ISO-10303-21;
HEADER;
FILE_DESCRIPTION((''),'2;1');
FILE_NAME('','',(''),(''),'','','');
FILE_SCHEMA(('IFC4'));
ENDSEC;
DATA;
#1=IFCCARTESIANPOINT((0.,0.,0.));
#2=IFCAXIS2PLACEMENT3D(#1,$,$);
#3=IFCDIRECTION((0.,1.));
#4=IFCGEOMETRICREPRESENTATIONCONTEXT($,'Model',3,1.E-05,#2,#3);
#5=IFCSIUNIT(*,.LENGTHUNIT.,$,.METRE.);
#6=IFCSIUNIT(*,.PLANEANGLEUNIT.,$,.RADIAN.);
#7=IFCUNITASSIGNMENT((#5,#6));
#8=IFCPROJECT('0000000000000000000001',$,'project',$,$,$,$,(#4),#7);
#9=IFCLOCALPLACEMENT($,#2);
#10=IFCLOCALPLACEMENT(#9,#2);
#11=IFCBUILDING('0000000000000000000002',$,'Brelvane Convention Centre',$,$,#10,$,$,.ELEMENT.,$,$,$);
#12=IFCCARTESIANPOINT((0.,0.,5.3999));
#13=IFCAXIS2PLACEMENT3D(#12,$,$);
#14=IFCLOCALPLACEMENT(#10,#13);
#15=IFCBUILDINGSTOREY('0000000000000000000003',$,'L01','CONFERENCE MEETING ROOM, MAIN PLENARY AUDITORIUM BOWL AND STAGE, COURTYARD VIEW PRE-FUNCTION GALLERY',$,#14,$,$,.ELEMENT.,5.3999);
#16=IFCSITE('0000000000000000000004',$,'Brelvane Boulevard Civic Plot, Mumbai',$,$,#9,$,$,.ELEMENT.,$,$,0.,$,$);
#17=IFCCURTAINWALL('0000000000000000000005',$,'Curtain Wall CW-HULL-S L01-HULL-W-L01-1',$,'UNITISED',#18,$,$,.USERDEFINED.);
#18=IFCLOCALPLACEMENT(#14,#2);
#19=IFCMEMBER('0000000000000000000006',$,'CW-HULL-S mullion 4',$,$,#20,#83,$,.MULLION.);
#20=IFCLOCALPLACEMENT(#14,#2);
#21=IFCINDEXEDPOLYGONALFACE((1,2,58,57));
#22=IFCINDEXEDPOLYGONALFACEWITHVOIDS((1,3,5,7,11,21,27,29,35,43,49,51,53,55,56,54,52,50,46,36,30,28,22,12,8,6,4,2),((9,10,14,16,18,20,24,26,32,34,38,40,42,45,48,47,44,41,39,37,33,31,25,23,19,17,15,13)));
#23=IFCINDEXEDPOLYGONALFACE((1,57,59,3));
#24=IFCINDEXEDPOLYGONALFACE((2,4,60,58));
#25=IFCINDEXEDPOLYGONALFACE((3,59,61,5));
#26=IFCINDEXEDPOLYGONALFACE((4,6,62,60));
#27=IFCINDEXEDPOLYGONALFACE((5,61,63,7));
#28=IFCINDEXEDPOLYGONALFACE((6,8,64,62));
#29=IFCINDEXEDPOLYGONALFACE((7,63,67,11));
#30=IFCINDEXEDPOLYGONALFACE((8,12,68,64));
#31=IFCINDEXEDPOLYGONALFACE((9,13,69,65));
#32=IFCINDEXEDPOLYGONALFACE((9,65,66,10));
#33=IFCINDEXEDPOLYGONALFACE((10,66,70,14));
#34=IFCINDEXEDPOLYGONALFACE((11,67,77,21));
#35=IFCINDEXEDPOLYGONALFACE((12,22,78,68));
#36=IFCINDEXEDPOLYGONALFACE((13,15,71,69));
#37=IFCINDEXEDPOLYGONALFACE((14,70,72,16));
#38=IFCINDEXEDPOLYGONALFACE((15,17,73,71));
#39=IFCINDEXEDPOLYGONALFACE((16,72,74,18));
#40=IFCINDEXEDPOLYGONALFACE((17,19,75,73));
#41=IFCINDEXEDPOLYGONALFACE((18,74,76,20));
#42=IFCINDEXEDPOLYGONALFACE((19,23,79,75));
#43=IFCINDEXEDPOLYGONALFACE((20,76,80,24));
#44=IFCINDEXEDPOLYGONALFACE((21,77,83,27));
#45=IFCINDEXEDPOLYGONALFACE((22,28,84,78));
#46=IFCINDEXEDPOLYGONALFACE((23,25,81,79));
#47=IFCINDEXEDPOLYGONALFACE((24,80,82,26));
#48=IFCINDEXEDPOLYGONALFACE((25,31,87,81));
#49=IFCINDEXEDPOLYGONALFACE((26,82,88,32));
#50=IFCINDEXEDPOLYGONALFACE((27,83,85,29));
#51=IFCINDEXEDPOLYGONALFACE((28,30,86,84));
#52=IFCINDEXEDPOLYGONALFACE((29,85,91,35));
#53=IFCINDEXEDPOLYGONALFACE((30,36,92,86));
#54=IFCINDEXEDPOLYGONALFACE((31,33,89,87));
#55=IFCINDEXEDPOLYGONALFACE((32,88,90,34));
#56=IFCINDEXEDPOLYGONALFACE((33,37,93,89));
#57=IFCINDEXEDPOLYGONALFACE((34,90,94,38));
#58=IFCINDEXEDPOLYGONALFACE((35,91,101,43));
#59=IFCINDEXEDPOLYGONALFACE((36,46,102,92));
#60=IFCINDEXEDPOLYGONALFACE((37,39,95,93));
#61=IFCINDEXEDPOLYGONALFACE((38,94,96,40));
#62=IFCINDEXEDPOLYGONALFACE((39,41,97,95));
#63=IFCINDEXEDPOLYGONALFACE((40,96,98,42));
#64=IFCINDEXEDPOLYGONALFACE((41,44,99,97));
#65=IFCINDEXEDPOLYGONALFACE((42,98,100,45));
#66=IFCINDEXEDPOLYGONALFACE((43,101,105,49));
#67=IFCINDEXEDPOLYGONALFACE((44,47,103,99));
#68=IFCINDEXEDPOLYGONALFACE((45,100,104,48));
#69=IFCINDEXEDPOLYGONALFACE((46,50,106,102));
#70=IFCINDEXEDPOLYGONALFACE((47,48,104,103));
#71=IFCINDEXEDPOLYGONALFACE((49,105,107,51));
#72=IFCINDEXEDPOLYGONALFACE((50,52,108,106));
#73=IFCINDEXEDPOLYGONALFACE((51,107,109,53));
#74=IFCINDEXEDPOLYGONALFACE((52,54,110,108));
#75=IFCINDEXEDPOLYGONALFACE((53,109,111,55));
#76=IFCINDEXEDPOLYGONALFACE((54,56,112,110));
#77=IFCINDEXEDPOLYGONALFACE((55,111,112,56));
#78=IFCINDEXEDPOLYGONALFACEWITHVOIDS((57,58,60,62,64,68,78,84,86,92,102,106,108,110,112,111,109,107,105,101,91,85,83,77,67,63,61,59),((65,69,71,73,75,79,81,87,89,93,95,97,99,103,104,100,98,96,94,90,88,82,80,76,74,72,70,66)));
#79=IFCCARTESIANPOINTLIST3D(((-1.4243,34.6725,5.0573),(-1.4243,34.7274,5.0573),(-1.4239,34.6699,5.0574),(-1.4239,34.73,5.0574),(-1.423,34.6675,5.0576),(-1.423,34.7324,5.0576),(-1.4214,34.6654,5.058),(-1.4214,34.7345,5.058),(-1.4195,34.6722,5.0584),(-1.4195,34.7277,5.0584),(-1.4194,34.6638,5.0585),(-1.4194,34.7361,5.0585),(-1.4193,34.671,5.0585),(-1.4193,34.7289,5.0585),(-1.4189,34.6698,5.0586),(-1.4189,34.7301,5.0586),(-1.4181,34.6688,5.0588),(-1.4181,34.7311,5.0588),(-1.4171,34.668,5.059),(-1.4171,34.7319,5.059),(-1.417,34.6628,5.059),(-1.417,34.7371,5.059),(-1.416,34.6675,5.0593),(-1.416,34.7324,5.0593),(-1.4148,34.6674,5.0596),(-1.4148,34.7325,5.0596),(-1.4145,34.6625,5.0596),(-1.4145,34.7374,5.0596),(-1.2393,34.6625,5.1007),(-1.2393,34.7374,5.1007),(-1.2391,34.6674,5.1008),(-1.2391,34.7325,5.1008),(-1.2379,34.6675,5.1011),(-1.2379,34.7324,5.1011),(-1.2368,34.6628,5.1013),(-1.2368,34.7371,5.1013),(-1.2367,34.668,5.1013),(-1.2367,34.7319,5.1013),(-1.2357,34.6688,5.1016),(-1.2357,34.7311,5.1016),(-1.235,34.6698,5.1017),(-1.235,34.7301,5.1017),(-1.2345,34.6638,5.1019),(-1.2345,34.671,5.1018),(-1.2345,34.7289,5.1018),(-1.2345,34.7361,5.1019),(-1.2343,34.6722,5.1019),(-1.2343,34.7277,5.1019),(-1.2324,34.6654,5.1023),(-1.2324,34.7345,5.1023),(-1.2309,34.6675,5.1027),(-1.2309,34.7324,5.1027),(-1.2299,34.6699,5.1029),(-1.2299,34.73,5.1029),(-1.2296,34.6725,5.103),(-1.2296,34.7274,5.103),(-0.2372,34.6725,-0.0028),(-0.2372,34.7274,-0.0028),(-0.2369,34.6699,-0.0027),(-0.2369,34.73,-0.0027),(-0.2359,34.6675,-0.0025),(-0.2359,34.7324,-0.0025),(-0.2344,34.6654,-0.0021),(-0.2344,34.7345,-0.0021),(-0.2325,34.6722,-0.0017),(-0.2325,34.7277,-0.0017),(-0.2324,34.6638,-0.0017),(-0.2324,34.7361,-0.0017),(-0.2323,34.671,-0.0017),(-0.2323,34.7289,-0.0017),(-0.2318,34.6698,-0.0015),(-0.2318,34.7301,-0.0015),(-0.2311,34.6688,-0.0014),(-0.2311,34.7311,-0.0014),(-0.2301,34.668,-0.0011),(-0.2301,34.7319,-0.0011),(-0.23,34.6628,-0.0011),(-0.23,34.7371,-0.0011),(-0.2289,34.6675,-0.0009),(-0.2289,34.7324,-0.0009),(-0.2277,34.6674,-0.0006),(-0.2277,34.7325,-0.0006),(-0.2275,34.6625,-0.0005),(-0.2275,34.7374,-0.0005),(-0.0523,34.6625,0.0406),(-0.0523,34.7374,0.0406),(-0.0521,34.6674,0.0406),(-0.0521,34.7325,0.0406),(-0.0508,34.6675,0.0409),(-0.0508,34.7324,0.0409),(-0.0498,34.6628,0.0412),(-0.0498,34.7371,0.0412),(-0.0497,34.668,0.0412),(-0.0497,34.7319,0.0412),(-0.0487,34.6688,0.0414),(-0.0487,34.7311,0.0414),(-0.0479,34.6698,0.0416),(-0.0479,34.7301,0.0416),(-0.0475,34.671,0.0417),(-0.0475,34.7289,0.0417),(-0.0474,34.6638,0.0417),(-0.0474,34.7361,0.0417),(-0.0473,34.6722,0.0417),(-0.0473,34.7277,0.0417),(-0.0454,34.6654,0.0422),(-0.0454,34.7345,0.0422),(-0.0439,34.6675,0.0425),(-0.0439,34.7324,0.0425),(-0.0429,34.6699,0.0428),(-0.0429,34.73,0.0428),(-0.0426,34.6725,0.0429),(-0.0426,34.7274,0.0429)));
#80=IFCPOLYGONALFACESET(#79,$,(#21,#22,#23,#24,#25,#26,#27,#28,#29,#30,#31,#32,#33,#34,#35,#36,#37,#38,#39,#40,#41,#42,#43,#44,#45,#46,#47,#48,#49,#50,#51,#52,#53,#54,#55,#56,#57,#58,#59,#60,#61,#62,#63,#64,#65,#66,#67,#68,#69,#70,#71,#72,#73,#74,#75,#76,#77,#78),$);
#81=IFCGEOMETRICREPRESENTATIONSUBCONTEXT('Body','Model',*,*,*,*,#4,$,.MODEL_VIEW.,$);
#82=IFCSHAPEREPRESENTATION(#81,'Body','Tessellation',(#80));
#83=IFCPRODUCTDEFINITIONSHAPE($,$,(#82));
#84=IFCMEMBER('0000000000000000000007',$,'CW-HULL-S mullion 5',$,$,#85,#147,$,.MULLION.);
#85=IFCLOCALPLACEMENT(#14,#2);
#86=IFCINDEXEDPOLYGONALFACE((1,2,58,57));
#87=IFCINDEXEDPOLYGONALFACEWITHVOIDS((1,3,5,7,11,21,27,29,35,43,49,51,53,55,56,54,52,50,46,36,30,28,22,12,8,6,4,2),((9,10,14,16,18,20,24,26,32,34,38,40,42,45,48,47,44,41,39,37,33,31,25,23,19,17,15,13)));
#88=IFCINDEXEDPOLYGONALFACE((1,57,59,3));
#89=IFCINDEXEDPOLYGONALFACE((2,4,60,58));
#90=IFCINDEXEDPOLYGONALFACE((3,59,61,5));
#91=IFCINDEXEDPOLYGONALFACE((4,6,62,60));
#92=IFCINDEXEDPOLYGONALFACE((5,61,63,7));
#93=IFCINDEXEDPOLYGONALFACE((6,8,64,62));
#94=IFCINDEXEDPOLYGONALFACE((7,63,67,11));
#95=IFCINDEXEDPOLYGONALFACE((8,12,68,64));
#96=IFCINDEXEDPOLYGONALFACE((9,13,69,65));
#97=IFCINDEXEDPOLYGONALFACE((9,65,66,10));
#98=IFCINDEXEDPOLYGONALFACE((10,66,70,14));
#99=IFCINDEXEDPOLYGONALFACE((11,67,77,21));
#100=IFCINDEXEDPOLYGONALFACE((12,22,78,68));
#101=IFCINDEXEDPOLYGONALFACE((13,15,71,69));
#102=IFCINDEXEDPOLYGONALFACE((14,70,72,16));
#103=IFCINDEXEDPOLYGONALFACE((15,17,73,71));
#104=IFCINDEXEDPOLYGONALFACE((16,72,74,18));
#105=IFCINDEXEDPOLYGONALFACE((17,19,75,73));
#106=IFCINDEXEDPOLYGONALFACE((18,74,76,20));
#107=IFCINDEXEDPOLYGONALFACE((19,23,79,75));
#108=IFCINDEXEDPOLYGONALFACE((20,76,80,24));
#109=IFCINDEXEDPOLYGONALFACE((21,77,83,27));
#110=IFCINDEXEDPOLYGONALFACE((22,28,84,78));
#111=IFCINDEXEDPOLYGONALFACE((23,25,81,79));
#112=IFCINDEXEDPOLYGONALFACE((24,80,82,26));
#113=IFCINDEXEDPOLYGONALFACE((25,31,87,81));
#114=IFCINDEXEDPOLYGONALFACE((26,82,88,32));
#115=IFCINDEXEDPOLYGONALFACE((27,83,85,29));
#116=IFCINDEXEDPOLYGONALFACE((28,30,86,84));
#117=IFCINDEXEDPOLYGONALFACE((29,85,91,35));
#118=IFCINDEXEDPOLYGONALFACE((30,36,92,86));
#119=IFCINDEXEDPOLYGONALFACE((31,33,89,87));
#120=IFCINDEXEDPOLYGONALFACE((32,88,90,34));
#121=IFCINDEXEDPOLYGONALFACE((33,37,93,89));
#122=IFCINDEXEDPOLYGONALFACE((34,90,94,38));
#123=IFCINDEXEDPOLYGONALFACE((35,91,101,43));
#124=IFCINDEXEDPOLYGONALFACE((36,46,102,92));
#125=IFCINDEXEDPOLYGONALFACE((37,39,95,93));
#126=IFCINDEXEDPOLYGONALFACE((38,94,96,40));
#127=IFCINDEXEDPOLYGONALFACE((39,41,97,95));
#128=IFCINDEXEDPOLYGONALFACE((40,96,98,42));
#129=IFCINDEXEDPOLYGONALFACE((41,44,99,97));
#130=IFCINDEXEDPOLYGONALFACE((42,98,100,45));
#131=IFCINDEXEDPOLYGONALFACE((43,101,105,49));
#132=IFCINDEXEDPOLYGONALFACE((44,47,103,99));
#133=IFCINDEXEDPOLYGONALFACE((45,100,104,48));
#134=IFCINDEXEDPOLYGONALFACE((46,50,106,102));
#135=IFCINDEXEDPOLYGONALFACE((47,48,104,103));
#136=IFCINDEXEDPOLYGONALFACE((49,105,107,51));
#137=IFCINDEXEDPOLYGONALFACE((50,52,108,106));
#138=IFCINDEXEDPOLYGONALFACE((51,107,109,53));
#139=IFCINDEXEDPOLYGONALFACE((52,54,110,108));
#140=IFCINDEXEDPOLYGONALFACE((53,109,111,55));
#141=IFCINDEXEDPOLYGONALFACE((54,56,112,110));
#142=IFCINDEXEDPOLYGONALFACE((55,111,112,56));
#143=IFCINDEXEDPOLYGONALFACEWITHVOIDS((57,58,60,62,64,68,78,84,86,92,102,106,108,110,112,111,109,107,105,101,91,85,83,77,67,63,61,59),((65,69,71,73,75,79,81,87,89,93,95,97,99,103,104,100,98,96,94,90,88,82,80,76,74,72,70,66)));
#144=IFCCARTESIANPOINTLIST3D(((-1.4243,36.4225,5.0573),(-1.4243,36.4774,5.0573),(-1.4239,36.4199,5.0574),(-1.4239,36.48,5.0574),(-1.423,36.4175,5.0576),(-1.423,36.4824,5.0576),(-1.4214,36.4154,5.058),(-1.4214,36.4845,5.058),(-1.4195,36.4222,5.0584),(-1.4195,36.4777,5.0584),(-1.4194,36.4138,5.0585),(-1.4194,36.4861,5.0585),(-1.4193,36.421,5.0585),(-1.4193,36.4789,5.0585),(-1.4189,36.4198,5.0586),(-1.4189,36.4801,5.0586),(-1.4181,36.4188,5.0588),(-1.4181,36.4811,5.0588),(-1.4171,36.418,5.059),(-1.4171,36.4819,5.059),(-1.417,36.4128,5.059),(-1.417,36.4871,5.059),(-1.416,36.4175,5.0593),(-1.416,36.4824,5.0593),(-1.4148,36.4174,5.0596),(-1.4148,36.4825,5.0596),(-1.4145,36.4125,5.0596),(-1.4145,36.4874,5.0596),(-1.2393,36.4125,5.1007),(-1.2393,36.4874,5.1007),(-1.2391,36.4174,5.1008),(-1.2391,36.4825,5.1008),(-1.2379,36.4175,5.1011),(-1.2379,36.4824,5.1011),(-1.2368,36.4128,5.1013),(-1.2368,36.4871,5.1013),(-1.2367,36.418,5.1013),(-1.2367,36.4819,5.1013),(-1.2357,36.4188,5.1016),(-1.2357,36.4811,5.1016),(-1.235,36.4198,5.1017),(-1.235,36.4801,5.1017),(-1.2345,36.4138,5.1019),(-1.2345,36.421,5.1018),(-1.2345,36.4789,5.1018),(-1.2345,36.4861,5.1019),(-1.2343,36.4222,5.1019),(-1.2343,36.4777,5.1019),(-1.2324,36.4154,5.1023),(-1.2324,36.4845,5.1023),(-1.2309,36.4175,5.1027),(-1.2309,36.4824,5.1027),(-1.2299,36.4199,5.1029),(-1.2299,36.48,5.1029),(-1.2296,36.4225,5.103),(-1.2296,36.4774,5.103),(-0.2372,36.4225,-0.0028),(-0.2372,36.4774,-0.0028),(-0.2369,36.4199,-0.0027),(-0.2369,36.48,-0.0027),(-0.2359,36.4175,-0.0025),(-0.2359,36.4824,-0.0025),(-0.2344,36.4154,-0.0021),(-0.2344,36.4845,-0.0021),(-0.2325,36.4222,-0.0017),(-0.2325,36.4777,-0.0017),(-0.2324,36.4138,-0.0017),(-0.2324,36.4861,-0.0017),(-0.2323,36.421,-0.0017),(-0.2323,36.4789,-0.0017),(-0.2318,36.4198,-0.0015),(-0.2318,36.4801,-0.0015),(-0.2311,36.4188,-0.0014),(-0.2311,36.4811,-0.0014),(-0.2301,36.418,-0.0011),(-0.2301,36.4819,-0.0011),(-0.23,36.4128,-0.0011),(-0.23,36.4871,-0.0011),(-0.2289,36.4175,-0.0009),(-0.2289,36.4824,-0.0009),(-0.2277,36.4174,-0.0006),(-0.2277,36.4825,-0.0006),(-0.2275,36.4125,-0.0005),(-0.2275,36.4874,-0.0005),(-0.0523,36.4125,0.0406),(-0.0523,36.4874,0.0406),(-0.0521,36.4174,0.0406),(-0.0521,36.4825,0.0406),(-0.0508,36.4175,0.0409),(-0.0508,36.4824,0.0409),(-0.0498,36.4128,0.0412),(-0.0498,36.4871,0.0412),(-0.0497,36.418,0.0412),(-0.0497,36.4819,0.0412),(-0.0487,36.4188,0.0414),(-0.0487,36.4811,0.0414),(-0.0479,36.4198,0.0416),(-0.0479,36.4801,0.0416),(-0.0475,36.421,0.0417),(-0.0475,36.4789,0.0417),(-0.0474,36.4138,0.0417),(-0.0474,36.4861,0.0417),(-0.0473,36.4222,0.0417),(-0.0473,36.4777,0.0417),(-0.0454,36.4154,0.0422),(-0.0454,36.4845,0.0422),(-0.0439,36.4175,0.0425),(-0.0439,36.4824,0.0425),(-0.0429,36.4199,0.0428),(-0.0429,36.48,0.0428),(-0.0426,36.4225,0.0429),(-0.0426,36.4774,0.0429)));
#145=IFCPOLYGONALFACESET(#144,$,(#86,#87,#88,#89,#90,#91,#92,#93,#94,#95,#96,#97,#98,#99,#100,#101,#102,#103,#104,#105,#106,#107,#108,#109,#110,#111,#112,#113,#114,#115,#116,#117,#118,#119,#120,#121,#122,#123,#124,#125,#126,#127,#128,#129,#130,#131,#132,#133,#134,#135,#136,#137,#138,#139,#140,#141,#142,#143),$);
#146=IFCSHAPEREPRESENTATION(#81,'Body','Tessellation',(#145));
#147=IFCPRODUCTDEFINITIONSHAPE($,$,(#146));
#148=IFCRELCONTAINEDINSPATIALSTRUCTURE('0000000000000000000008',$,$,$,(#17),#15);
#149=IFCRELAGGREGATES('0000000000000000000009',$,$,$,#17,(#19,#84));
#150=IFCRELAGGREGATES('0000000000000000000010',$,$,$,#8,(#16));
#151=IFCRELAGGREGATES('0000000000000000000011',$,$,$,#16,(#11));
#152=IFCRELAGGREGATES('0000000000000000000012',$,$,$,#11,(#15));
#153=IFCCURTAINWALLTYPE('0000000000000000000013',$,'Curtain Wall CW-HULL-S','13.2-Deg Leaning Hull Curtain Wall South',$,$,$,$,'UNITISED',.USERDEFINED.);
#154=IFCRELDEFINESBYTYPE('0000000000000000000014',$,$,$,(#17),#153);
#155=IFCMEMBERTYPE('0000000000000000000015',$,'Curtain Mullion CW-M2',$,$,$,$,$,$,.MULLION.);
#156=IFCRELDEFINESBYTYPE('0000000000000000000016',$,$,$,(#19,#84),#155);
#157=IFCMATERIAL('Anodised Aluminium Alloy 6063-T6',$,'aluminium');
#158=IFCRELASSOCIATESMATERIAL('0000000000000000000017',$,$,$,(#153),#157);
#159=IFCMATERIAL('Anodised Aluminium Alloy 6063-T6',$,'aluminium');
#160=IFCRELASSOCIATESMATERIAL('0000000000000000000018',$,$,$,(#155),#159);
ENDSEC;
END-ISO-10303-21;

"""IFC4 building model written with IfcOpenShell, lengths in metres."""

from ifc_helpers import new_model, si_unit, direction, frame, origin, origin_2d, place, context, subcontext, project, spatial, hollow_rectangle, extrude, material, material_profile, profile_set, type_object, element, aggregate, save


model = new_model("IFC4")

# Units and contexts
model_context = context("Model", 3, precision=1e-05, world=origin(), true_north=direction((0.0, 1.0)))
body_context = subcontext(model_context, "Body", "Model", "MODEL_VIEW")
ifc_project = project(units=[si_unit("LENGTHUNIT", "METRE"), si_unit("PLANEANGLEUNIT", "RADIAN")], contexts=[model_context])

# Site, building, storey
site_placement = place(None, origin())
site = spatial("IfcSite", under=ifc_project, at=site_placement, Name="Brelvane Boulevard Civic Plot, Mumbai", CompositionType="ELEMENT", RefElevation=0.0)
building_placement = place(site_placement, origin())
building = spatial("IfcBuilding", under=site, at=building_placement, Name="Brelvane Convention Centre", CompositionType="ELEMENT")
storey_placement = place(building_placement, frame((0.0, 0.0, 5.3999)))
storey = spatial("IfcBuildingStorey", under=building, at=storey_placement, Name="L01", Description="CONFERENCE MEETING ROOM, MAIN PLENARY AUDITORIUM BOWL AND STAGE, COURTYARD VIEW PRE-FUNCTION GALLERY", CompositionType="ELEMENT", Elevation=5.3999)

# Curtain wall, members
ifc_material_1 = material(Name="Anodised Aluminium Alloy 6063-T6", Category="aluminium")
curtain_wall_type = type_object("IfcCurtainWallType", Name="Curtain Wall CW-HULL-S", Description="13.2-Deg Leaning Hull Curtain Wall South", ElementType="UNITISED", PredefinedType="USERDEFINED", material=ifc_material_1)
curtain_wall_placement = place(storey_placement, origin())
curtain_wall = element("IfcCurtainWall", 1, at=curtain_wall_placement, inside=storey, type_object=curtain_wall_type, Name="Curtain Wall CW-HULL-S L01-HULL-W-L01-1", ObjectType="UNITISED", PredefinedType="USERDEFINED")
ifc_material_2 = material(Name="Anodised Aluminium Alloy 6063-T6", Category="aluminium")
ifc_material_profile_1 = material_profile(ifc_material_2, hollow_rectangle(XDim=0.075, YDim=0.2, WallThickness=0.0049, InnerFilletRadius=0.0049, OuterFilletRadius=0.01, at=origin_2d()), Name="ALU-M 200x75x5.0")
ifc_profile_set_1 = profile_set([ifc_material_profile_1], Name="Anodised Aluminium Alloy 6063-T6")
member_type_1 = type_object("IfcMemberType", Name="Curtain Mullion CW-M2", PredefinedType="MULLION", material=ifc_profile_set_1)
member_1_placement = place(storey_placement, frame((-0.1399, 34.7, 0.02), z_axis=(-0.228385, 0.0, 0.973571), x_axis=(0.0, -1.0, 0.0)))
member_1 = element("IfcMember", 2, at=member_1_placement, type_object=member_type_1, Name="CW-HULL-S mullion 4", PredefinedType="MULLION", context=body_context, shape_type="SweptSolid", body=[
    extrude(hollow_rectangle(XDim=0.075, YDim=0.2, WallThickness=0.0049, InnerFilletRadius=0.0049, OuterFilletRadius=0.01, at=origin_2d()), origin(), (0.0, 0.0, 1.0), 5.1975),
])
member_2_placement = place(storey_placement, frame((-0.1399, 36.45, 0.02), z_axis=(-0.228385, 0.0, 0.973571), x_axis=(0.0, -1.0, 0.0)))
member_2 = element("IfcMember", 3, at=member_2_placement, type_object=member_type_1, Name="CW-HULL-S mullion 5", PredefinedType="MULLION", context=body_context, shape_type="SweptSolid", body=[
    extrude(hollow_rectangle(XDim=0.075, YDim=0.2, WallThickness=0.0049, InnerFilletRadius=0.0049, OuterFilletRadius=0.01, at=origin_2d()), origin(), (0.0, 0.0, 1.0), 5.1975),
])
aggregate(curtain_wall, [member_1, member_2])

save(model, "model.ifc")
